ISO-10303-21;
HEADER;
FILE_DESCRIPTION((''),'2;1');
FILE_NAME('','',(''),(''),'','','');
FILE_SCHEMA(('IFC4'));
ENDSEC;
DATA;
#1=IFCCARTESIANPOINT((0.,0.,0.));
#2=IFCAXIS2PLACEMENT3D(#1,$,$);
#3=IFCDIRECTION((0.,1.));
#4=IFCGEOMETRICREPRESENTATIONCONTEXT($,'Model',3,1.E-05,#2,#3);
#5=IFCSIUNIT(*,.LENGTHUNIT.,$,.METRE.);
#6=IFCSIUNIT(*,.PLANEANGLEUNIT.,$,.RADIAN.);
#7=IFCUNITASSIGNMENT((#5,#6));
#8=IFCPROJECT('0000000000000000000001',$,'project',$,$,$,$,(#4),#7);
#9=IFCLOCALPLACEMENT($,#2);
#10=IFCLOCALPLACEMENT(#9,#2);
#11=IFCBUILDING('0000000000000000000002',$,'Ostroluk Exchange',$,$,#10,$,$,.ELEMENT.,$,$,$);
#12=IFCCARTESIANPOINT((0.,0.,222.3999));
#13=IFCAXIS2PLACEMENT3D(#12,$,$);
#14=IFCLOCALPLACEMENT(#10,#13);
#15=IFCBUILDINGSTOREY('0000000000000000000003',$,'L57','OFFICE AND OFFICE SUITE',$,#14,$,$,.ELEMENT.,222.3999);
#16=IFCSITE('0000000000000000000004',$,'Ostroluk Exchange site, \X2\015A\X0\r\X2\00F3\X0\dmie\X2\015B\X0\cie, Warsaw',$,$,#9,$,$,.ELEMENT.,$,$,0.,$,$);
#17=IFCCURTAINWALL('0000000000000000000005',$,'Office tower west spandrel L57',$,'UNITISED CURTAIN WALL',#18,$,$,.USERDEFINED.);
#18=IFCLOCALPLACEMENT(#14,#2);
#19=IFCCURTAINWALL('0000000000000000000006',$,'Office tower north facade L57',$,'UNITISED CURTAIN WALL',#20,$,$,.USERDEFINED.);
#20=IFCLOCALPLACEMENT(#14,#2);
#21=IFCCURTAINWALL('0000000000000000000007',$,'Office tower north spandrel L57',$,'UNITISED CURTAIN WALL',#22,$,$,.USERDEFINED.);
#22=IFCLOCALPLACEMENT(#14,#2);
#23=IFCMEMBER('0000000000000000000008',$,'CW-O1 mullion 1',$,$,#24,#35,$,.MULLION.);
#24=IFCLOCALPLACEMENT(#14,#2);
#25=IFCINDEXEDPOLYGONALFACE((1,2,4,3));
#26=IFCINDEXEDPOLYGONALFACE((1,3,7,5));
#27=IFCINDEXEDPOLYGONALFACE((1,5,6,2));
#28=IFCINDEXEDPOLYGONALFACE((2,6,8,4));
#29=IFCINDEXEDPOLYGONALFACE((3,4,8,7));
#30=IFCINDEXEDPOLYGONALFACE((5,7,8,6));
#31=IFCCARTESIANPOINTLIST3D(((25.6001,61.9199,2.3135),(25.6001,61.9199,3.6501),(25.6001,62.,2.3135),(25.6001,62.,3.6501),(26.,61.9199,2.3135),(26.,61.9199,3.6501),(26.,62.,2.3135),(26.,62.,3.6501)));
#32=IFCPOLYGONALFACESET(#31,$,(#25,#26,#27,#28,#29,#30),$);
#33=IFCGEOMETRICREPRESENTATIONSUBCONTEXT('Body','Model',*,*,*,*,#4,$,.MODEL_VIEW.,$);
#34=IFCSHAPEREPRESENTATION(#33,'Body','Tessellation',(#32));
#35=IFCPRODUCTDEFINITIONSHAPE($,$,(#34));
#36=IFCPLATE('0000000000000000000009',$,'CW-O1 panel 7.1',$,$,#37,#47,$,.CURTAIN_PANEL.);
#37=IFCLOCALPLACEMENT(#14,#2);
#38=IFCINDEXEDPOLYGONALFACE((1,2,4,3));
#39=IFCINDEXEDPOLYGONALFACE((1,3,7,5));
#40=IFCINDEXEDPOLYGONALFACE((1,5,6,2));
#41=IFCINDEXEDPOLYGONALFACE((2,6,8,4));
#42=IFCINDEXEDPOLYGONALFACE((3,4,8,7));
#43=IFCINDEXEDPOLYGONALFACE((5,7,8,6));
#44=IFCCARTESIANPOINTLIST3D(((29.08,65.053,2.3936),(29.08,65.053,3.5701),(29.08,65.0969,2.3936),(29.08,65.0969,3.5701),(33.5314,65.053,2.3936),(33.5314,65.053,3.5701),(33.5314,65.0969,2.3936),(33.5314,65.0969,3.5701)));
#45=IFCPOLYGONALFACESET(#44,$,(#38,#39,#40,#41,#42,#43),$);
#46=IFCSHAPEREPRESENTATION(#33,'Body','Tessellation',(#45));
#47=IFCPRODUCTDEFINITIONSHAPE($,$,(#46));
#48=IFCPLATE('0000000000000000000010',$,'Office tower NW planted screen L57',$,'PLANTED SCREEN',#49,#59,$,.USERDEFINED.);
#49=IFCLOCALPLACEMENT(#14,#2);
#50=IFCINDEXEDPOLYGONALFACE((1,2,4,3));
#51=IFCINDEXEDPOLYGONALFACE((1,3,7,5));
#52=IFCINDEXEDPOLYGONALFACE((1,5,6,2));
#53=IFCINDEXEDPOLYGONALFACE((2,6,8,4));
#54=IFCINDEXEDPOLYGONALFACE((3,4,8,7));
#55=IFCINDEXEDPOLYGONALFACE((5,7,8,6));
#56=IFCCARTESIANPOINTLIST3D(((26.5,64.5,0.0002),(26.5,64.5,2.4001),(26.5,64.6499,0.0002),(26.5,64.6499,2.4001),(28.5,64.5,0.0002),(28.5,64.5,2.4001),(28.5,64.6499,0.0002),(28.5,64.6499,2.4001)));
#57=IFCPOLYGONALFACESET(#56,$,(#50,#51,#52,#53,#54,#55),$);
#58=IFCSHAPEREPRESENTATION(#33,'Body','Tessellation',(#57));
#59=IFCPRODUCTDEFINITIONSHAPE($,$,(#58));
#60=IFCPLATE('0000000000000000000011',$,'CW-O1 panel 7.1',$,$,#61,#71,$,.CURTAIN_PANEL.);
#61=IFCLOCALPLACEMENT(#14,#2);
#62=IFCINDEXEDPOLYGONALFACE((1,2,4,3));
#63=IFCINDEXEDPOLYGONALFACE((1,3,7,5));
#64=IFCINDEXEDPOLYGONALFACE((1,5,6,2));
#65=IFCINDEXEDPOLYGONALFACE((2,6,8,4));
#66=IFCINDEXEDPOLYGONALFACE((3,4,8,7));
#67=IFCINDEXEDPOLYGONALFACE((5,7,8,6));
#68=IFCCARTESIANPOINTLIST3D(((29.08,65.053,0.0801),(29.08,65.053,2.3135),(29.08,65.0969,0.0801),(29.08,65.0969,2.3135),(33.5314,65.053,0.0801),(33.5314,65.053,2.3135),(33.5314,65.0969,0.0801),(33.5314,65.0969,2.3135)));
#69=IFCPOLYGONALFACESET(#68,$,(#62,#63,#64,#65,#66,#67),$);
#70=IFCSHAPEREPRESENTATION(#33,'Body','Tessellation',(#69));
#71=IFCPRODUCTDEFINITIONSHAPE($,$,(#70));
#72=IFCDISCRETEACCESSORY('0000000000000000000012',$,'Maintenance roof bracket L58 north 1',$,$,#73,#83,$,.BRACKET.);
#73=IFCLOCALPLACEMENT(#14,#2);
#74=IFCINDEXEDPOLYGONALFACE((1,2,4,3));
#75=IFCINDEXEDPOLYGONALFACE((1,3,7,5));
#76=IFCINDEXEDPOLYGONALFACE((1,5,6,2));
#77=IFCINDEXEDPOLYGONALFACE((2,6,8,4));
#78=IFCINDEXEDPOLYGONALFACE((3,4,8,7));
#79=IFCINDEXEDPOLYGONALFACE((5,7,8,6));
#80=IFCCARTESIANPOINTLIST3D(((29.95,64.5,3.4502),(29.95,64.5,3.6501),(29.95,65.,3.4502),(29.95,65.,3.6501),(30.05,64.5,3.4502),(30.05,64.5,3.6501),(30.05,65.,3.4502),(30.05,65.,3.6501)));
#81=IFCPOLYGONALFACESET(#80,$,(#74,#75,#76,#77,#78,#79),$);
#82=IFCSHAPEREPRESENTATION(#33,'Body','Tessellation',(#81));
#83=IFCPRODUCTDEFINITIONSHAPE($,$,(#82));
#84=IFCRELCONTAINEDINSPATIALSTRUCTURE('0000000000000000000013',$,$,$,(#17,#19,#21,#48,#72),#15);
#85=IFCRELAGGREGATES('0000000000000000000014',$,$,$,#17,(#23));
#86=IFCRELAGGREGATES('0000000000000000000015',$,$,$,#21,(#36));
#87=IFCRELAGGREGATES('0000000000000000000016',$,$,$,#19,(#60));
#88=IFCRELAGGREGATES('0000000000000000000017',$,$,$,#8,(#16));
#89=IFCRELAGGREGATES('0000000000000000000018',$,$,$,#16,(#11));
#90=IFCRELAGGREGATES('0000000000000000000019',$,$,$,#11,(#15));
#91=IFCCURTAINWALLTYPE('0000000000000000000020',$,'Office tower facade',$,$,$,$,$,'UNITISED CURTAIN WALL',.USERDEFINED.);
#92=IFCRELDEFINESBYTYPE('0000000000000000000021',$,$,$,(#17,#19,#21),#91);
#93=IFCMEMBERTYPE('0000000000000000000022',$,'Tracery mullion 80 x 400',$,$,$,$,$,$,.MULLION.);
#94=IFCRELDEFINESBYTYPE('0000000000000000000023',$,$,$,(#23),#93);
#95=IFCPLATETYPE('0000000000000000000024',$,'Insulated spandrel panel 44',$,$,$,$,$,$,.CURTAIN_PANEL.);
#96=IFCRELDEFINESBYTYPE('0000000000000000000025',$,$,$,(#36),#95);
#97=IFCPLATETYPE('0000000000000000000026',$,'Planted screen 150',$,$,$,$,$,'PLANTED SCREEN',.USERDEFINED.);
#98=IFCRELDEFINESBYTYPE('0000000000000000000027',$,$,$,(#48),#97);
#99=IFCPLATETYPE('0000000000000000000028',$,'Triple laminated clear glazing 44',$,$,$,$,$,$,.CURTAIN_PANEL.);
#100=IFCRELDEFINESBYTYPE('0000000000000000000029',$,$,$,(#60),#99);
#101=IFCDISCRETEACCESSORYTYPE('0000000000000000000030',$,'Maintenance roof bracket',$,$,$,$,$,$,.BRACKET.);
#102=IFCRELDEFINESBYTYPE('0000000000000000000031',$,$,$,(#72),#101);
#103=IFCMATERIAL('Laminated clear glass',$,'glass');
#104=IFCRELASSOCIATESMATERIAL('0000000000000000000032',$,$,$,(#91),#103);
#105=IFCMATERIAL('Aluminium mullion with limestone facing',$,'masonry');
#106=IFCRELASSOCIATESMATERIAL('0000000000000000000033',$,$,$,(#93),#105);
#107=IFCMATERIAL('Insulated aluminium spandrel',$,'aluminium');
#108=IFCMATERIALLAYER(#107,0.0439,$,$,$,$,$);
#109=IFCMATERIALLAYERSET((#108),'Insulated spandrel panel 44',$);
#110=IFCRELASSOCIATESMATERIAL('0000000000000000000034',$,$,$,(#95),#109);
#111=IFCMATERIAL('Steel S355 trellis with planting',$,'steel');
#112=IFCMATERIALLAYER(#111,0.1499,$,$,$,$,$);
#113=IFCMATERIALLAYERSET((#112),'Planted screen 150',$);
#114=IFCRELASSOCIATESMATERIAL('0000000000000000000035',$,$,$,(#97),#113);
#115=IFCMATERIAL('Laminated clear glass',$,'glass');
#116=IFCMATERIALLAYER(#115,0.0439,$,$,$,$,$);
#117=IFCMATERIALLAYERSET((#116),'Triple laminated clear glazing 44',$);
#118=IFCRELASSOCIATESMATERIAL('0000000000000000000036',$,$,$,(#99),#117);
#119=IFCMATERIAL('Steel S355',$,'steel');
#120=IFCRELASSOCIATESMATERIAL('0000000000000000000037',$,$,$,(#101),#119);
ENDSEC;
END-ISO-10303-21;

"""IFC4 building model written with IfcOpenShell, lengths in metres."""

from ifc_helpers import new_model, si_unit, direction, frame, origin, origin_2d, place, context, subcontext, project, spatial, rectangle, extrude, material, layer, layer_set, material_profile, profile_set, type_object, element, aggregate, save


model = new_model("IFC4")

# Units and contexts
model_context = context("Model", 3, precision=1e-05, world=origin(), true_north=direction((0.0, 1.0)))
body_context = subcontext(model_context, "Body", "Model", "MODEL_VIEW")
ifc_project = project(units=[si_unit("LENGTHUNIT", "METRE"), si_unit("PLANEANGLEUNIT", "RADIAN")], contexts=[model_context])

# Site, building, storey
site_placement = place(None, origin())
site = spatial("IfcSite", under=ifc_project, at=site_placement, Name="Ostroluk Exchange site, Śródmieście, Warsaw", CompositionType="ELEMENT", RefElevation=0.0)
building_placement = place(site_placement, origin())
building = spatial("IfcBuilding", under=site, at=building_placement, Name="Ostroluk Exchange", CompositionType="ELEMENT")
storey_placement = place(building_placement, frame((0.0, 0.0, 222.3999)))
storey = spatial("IfcBuildingStorey", under=building, at=storey_placement, Name="L57", Description="OFFICE AND OFFICE SUITE", CompositionType="ELEMENT", Elevation=222.3999)

# Curtain wall
ifc_material_1 = material(Name="Laminated clear glass", Category="glass")
curtain_wall_type = type_object("IfcCurtainWallType", Name="Office tower facade", ElementType="UNITISED CURTAIN WALL", PredefinedType="USERDEFINED", material=ifc_material_1)
curtain_wall_1_placement = place(storey_placement, origin())
curtain_wall_1 = element("IfcCurtainWall", 1, at=curtain_wall_1_placement, inside=storey, type_object=curtain_wall_type, Name="Office tower west spandrel L57", ObjectType="UNITISED CURTAIN WALL", PredefinedType="USERDEFINED")

# Curtain walls
curtain_wall_2_placement = place(storey_placement, origin())
curtain_wall_2 = element("IfcCurtainWall", 2, at=curtain_wall_2_placement, inside=storey, type_object=curtain_wall_type, Name="Office tower north facade L57", ObjectType="UNITISED CURTAIN WALL", PredefinedType="USERDEFINED")
ifc_material_2 = material(Name="Aluminium mullion with limestone facing", Category="masonry")
ifc_material_profile_1 = material_profile(ifc_material_2, rectangle(XDim=0.3999, YDim=0.0801, at=origin_2d()), Name="Tracery mullion 80 x 400")
ifc_profile_set_1 = profile_set([ifc_material_profile_1], Name="Aluminium mullion with limestone facing")
member_type_1 = type_object("IfcMemberType", Name="Tracery mullion 80 x 400", PredefinedType="MULLION", material=ifc_profile_set_1)
curtain_wall_3_placement = place(storey_placement, origin())
curtain_wall_3 = element("IfcCurtainWall", 3, at=curtain_wall_3_placement, inside=storey, type_object=curtain_wall_type, Name="Office tower north spandrel L57", ObjectType="UNITISED CURTAIN WALL", PredefinedType="USERDEFINED")

# Member
member_1_placement = place(storey_placement, frame((25.8, 61.96, 2.3135), z_axis=(0.0, 0.0, 1.0), x_axis=(1.0, 0.0, 0.0)))
member_1 = element("IfcMember", 4, at=member_1_placement, type_object=member_type_1, Name="CW-O1 mullion 1", PredefinedType="MULLION", context=body_context, shape_type="SweptSolid", body=[
    extrude(rectangle(XDim=0.3999, YDim=0.0801, at=origin_2d()), origin(), (0.0, 0.0, 1.0), 1.3367),
])
aggregate(curtain_wall_1, [member_1])

# Plates
ifc_material_3 = material(Name="Insulated aluminium spandrel", Category="aluminium")
ifc_layer_1 = layer(ifc_material_3, 0.0439)
ifc_layer_set_1 = layer_set([ifc_layer_1], Name="Insulated spandrel panel 44")
plate_type_1 = type_object("IfcPlateType", Name="Insulated spandrel panel 44", PredefinedType="CURTAIN_PANEL", material=ifc_layer_set_1)
plate_1_placement = place(storey_placement, frame((31.3057, 65.075, 2.3936), z_axis=(0.0, 0.0, 1.0), x_axis=(-1.0, 0.0, 0.0)))
plate_1 = element("IfcPlate", 5, at=plate_1_placement, type_object=plate_type_1, Name="CW-O1 panel 7.1", PredefinedType="CURTAIN_PANEL", context=body_context, shape_type="SweptSolid", body=[
    extrude(rectangle(XDim=4.4514, YDim=0.0439, at=origin_2d()), origin(), (0.0, 0.0, 1.0), 1.1765),
])
aggregate(curtain_wall_3, [plate_1])
ifc_material_4 = material(Name="Steel S355 trellis with planting", Category="steel")
ifc_layer_2 = layer(ifc_material_4, 0.1499)
ifc_layer_set_2 = layer_set([ifc_layer_2], Name="Planted screen 150")
plate_type_2 = type_object("IfcPlateType", Name="Planted screen 150", ElementType="PLANTED SCREEN", PredefinedType="USERDEFINED", material=ifc_layer_set_2)
plate_2_placement = place(storey_placement, frame((27.5, 64.575, 0.0002), z_axis=(0.0, 0.0, 1.0), x_axis=(1.0, 0.0, 0.0)))
element("IfcPlate", 6, at=plate_2_placement, inside=storey, type_object=plate_type_2, Name="Office tower NW planted screen L57", ObjectType="PLANTED SCREEN", PredefinedType="USERDEFINED", context=body_context, shape_type="SweptSolid", body=[
    extrude(rectangle(XDim=2.0, YDim=0.1499, at=origin_2d()), origin(), (0.0, 0.0, 1.0), 2.3999),
])
ifc_material_5 = material(Name="Laminated clear glass", Category="glass")
ifc_layer_3 = layer(ifc_material_5, 0.0439)
ifc_layer_set_3 = layer_set([ifc_layer_3], Name="Triple laminated clear glazing 44")
plate_type_3 = type_object("IfcPlateType", Name="Triple laminated clear glazing 44", PredefinedType="CURTAIN_PANEL", material=ifc_layer_set_3)
plate_3_placement = place(storey_placement, frame((31.3057, 65.075, 0.0801), z_axis=(0.0, 0.0, 1.0), x_axis=(-1.0, 0.0, 0.0)))
plate_3 = element("IfcPlate", 7, at=plate_3_placement, type_object=plate_type_3, Name="CW-O1 panel 7.1", PredefinedType="CURTAIN_PANEL", context=body_context, shape_type="SweptSolid", body=[
    extrude(rectangle(XDim=4.4514, YDim=0.0439, at=origin_2d()), origin(), (0.0, 0.0, 1.0), 2.2334),
])
aggregate(curtain_wall_2, [plate_3])

# Discrete accessory
ifc_material_6 = material(Name="Steel S355", Category="steel")
discrete_accessory_type = type_object("IfcDiscreteAccessoryType", Name="Maintenance roof bracket", PredefinedType="BRACKET", material=ifc_material_6)
discrete_accessory_placement = place(storey_placement, frame((30.0, 64.75, 3.4502), z_axis=(0.0, 0.0, 1.0), x_axis=(1.0, 0.0, 0.0)))
element("IfcDiscreteAccessory", 8, at=discrete_accessory_placement, inside=storey, type_object=discrete_accessory_type, Name="Maintenance roof bracket L58 north 1", PredefinedType="BRACKET", context=body_context, shape_type="SweptSolid", body=[
    extrude(rectangle(XDim=0.1001, YDim=0.5, at=origin_2d()), origin(), (0.0, 0.0, 1.0), 0.2),
])

save(model, "model.ifc")
